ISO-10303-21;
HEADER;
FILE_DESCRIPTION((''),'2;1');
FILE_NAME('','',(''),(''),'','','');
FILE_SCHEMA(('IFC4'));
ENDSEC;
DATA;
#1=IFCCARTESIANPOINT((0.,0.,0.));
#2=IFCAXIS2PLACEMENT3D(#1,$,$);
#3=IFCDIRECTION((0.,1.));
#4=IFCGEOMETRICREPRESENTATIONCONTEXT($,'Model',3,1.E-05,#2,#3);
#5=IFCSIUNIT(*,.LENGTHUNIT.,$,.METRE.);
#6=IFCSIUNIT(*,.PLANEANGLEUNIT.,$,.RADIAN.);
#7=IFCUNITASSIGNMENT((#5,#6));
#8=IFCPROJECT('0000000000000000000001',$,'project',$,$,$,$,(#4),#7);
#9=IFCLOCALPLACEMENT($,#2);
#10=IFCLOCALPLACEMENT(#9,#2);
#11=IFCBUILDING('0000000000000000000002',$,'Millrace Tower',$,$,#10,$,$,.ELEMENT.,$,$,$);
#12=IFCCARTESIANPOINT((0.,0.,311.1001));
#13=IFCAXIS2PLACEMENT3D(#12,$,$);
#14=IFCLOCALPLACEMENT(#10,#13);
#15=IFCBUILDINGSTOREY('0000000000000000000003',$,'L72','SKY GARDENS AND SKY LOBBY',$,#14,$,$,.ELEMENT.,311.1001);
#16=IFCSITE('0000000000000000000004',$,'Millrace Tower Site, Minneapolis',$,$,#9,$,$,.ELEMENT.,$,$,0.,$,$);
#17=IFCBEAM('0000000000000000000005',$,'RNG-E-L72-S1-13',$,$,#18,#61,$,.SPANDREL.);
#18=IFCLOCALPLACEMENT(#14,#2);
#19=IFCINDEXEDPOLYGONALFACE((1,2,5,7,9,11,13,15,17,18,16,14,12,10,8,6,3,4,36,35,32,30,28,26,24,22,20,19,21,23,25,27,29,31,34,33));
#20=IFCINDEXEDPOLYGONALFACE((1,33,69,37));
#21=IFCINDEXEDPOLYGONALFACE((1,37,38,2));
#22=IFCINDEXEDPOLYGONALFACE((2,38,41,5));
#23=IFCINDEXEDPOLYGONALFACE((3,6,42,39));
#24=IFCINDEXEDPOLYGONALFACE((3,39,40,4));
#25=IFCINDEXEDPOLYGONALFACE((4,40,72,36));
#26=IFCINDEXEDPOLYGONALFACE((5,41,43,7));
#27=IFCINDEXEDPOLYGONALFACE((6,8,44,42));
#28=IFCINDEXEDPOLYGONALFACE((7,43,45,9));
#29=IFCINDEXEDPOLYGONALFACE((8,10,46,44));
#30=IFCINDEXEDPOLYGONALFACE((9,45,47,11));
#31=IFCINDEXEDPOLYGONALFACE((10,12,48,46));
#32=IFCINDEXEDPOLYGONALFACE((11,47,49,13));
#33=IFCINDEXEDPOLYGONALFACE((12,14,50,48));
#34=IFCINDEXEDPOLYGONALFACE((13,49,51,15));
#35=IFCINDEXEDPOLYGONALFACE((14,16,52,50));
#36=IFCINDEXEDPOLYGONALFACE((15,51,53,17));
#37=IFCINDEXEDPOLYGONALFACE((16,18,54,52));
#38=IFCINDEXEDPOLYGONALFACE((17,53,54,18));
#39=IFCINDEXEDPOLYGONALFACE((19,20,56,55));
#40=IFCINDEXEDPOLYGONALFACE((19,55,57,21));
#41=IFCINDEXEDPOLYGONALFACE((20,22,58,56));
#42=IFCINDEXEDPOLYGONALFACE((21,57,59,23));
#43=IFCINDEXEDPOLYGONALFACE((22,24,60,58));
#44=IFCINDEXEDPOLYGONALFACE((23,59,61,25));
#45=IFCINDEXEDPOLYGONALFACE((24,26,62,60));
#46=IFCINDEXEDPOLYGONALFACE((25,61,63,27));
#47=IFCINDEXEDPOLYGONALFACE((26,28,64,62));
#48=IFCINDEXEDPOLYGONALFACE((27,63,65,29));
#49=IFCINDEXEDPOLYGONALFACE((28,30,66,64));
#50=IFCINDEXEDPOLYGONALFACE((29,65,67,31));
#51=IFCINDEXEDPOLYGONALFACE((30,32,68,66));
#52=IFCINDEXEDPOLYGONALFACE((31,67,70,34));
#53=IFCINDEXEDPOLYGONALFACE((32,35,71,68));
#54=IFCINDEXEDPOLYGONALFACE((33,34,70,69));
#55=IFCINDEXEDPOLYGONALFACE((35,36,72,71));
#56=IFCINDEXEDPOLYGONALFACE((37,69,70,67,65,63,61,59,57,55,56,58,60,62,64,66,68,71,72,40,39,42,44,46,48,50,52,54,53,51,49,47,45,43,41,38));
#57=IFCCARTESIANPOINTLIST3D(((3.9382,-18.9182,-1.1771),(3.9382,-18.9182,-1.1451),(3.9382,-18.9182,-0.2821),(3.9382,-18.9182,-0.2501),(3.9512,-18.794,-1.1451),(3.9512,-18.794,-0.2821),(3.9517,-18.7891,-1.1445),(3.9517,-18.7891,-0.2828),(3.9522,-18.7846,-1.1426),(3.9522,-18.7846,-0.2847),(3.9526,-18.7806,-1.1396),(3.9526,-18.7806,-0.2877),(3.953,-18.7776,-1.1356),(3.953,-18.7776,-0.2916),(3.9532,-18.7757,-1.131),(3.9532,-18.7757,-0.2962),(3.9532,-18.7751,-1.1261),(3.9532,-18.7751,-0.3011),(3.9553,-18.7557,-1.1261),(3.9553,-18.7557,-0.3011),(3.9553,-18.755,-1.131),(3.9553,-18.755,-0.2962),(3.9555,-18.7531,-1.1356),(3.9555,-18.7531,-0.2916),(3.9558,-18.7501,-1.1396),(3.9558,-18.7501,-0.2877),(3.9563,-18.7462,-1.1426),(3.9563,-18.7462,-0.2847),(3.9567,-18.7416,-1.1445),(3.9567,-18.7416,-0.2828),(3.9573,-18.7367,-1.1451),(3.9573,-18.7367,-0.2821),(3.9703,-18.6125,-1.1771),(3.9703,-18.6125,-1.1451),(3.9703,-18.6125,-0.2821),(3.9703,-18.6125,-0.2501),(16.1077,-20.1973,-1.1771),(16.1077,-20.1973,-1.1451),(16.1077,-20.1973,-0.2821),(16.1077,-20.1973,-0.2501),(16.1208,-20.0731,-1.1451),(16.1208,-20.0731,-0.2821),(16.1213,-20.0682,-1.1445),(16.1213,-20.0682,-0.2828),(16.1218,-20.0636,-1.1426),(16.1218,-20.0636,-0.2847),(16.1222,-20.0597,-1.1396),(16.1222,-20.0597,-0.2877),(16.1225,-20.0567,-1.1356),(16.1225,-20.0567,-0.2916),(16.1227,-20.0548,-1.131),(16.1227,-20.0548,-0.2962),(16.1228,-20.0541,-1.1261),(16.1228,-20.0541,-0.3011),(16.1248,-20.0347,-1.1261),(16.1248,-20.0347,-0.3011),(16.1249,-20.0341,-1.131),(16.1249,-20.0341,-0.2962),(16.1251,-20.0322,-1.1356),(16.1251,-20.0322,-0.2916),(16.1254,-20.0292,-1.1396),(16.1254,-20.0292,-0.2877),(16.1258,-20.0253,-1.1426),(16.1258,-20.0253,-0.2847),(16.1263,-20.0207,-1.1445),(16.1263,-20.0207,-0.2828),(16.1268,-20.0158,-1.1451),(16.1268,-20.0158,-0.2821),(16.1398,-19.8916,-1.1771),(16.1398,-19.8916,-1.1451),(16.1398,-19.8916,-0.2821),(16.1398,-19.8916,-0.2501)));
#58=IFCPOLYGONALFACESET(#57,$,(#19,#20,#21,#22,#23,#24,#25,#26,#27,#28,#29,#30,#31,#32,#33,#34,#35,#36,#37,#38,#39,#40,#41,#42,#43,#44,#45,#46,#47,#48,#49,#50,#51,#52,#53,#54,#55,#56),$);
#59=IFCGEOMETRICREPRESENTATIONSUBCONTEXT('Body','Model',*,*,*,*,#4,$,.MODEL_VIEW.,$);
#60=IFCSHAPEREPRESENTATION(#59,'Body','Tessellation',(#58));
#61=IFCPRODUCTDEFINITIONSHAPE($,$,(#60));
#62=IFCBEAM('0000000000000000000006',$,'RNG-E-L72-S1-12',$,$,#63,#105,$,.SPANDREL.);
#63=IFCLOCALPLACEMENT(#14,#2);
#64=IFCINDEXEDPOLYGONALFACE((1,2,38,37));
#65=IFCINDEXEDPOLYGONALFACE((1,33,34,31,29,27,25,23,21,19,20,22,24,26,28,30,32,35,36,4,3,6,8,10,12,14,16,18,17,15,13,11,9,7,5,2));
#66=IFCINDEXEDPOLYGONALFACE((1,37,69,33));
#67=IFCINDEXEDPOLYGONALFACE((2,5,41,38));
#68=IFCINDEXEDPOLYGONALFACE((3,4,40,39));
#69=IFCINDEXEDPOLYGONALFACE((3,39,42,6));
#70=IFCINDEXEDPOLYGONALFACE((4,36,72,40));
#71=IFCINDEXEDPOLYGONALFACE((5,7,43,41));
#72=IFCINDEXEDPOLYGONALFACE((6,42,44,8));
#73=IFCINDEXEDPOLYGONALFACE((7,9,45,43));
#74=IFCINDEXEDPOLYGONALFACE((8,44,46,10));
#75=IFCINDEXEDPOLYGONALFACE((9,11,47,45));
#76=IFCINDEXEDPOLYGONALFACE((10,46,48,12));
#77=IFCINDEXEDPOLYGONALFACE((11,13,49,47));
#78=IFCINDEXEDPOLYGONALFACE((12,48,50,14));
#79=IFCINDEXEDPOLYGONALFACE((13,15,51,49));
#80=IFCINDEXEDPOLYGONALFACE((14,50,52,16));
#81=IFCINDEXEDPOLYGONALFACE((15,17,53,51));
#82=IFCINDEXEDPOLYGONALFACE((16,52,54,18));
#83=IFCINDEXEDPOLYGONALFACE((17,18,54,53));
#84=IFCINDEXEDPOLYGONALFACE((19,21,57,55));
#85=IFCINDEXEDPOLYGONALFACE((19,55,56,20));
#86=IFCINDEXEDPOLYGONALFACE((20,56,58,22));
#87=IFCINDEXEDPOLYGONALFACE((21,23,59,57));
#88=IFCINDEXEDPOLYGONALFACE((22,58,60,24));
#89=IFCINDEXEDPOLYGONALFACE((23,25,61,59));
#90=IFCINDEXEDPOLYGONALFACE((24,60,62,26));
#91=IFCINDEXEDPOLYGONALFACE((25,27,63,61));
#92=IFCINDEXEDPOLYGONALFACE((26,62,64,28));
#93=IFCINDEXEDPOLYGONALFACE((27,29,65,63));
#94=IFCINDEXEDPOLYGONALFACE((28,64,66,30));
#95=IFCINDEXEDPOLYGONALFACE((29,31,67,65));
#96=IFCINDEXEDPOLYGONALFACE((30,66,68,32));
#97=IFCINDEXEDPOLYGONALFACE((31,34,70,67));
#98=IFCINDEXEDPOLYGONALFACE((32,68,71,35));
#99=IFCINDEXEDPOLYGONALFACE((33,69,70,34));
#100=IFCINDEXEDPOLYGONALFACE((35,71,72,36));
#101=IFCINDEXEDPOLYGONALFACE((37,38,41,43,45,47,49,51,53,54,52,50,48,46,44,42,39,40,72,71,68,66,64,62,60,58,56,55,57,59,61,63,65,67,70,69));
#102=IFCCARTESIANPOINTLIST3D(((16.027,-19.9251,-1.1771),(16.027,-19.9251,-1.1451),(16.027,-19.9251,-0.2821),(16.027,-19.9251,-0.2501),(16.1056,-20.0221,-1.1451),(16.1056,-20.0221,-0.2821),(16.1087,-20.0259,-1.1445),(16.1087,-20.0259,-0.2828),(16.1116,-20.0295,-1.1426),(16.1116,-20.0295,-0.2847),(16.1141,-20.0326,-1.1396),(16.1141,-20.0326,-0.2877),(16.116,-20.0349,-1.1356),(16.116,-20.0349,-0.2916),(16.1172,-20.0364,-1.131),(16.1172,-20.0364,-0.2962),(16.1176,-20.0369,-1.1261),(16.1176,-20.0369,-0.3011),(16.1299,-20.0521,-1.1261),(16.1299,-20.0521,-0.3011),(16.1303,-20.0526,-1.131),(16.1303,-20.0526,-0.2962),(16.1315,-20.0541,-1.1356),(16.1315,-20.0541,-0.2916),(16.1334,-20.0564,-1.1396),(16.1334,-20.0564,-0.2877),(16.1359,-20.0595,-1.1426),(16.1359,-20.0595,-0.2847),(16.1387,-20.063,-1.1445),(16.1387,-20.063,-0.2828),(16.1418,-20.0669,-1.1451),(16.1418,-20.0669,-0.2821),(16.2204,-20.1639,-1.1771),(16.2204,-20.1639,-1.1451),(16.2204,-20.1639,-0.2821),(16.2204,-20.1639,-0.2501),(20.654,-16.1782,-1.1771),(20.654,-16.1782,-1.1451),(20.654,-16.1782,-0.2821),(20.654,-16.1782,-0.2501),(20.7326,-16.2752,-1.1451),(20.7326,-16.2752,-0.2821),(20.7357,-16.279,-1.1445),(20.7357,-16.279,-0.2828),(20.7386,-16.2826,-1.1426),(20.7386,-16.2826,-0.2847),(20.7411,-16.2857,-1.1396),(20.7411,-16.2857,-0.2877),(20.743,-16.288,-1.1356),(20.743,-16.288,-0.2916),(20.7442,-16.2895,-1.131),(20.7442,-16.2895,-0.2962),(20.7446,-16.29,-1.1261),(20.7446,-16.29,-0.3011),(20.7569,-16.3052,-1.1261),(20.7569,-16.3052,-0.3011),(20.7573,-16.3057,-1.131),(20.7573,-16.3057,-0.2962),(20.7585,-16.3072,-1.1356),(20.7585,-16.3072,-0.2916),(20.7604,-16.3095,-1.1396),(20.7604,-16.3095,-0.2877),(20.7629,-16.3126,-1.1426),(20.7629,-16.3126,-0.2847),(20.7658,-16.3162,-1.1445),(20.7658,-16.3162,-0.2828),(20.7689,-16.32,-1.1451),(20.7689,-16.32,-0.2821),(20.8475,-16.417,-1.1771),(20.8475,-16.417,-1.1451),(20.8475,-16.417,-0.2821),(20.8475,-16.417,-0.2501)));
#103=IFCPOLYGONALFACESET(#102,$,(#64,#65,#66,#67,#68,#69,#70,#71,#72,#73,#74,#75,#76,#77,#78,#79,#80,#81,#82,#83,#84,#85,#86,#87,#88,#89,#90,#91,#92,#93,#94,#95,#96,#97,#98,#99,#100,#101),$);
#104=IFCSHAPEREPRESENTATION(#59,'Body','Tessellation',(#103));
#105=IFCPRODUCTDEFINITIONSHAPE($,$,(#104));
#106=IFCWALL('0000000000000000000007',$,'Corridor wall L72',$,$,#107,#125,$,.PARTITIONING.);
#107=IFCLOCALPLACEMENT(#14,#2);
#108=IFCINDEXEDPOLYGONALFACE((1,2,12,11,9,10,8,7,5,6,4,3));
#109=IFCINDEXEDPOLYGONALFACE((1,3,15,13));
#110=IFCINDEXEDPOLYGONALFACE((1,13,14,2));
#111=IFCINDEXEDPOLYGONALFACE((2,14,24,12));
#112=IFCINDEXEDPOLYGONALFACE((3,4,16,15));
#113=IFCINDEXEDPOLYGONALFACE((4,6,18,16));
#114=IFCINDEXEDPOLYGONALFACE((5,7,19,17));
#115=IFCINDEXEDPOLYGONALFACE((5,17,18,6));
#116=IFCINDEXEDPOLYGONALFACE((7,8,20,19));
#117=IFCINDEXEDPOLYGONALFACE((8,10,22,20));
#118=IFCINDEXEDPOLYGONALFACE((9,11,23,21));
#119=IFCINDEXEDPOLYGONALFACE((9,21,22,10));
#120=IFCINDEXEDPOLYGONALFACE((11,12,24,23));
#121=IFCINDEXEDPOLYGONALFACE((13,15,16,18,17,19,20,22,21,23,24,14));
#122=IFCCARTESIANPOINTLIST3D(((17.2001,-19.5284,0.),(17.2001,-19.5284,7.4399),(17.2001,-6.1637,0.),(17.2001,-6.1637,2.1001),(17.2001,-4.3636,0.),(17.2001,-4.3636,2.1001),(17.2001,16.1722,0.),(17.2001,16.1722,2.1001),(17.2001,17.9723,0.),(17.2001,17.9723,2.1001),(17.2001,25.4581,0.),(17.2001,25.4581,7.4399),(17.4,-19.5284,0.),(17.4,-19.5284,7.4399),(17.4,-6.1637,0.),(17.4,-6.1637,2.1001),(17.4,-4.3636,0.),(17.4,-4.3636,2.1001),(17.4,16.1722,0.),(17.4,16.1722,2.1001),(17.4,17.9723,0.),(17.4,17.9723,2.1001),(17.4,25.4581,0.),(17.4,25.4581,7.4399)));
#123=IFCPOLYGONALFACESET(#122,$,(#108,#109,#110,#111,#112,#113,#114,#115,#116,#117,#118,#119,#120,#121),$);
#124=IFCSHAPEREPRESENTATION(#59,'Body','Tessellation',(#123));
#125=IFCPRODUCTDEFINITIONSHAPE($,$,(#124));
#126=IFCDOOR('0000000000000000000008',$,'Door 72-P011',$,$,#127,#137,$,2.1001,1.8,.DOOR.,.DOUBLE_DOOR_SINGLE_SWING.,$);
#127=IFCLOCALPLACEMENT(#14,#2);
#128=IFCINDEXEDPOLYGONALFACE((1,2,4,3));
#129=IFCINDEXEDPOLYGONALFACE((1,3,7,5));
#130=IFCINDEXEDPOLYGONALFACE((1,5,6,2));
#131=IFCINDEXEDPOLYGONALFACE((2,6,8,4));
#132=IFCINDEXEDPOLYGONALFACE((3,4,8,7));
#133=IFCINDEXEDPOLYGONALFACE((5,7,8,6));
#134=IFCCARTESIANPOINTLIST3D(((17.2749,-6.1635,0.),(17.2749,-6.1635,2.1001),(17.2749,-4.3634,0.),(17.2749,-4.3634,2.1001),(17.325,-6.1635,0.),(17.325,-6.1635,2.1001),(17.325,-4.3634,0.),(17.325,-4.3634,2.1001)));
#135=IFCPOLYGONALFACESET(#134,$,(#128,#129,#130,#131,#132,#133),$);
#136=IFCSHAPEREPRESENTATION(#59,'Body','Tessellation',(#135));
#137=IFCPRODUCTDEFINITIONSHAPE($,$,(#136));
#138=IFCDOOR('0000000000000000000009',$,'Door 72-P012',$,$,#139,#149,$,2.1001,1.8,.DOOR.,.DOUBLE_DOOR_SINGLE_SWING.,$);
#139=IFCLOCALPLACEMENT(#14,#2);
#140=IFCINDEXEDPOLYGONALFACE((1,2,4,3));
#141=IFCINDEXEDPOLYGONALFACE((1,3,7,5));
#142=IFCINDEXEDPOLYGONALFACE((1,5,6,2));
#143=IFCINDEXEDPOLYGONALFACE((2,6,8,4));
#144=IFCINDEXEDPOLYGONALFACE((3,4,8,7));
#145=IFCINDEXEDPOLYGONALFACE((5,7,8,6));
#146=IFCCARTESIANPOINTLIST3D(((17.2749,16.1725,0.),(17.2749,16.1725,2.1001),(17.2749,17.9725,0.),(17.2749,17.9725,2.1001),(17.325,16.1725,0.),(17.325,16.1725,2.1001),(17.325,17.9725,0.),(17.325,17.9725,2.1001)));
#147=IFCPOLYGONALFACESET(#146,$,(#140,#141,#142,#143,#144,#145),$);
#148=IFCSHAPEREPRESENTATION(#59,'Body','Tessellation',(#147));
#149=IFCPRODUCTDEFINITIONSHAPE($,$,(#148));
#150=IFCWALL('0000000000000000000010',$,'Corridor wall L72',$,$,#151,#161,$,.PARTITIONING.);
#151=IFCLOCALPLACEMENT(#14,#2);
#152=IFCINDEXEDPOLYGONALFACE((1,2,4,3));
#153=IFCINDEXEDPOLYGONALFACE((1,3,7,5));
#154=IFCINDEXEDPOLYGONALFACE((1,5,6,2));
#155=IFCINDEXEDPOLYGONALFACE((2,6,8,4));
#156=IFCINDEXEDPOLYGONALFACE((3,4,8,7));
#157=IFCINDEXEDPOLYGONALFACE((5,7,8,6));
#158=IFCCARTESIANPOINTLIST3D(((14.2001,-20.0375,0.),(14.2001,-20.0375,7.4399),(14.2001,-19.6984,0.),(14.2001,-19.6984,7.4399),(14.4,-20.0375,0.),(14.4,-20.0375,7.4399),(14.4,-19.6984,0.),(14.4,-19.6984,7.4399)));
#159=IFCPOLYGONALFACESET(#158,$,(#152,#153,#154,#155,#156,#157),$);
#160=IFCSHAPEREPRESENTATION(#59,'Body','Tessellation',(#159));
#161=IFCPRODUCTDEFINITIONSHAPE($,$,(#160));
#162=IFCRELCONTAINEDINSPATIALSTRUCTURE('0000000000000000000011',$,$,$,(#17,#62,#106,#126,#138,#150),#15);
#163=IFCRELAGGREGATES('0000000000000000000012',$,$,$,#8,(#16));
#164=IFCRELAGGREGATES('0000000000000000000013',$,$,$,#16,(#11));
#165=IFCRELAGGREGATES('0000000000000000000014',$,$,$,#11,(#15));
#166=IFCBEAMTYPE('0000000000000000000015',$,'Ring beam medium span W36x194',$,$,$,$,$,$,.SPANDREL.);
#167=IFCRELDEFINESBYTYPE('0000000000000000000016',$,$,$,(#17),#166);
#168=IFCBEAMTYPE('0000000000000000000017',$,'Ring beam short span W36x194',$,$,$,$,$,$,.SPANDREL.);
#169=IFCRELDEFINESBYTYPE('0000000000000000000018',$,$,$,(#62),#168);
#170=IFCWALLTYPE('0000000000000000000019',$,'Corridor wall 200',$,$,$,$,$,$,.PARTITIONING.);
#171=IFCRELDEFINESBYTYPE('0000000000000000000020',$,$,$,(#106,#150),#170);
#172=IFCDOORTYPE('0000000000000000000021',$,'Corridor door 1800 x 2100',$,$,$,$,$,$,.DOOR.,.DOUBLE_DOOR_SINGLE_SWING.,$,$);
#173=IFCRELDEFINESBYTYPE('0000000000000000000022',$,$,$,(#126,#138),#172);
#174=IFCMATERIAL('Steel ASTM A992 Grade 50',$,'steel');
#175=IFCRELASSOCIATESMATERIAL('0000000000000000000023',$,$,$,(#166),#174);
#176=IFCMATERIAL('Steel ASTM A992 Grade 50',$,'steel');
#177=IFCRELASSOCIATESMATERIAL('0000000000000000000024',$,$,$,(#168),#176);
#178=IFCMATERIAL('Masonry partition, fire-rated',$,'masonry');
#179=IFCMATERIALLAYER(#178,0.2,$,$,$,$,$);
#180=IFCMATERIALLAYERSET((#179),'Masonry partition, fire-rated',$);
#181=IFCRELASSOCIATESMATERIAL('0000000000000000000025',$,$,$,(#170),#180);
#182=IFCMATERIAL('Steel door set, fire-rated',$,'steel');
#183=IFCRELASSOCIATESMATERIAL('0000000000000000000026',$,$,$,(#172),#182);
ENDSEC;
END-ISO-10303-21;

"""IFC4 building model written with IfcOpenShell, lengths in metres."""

from ifc_helpers import new_model, si_unit, direction, frame, frame_2d, origin, origin_2d, place, context, subcontext, project, spatial, rectangle, i_section, extrude, material, layer, layer_set, material_profile, profile_set, type_object, element, fill, save


model = new_model("IFC4")

# Units and contexts
model_context = context("Model", 3, precision=1e-05, world=origin(), true_north=direction((0.0, 1.0)))
body_context = subcontext(model_context, "Body", "Model", "MODEL_VIEW")
ifc_project = project(units=[si_unit("LENGTHUNIT", "METRE"), si_unit("PLANEANGLEUNIT", "RADIAN")], contexts=[model_context])

# Site, building, storey
site_placement = place(None, origin())
site = spatial("IfcSite", under=ifc_project, at=site_placement, Name="Millrace Tower Site, Minneapolis", CompositionType="ELEMENT", RefElevation=0.0)
building_placement = place(site_placement, origin())
building = spatial("IfcBuilding", under=site, at=building_placement, Name="Millrace Tower", CompositionType="ELEMENT")
storey_placement = place(building_placement, frame((0.0, 0.0, 311.1001)))
storey = spatial("IfcBuildingStorey", under=building, at=storey_placement, Name="L72", Description="SKY GARDENS AND SKY LOBBY", CompositionType="ELEMENT", Elevation=311.1001)

# Beams
ifc_material_1 = material(Name="Steel ASTM A992 Grade 50", Category="steel")
ifc_material_profile_1 = material_profile(ifc_material_1, i_section(OverallWidth=0.3074, OverallDepth=0.927, WebThickness=0.0195, FlangeThickness=0.032, FilletRadius=0.019, at=origin_2d()))
ifc_profile_set_1 = profile_set([ifc_material_profile_1], Name="Steel ASTM A992 Grade 50")
beam_type_1 = type_object("IfcBeamType", Name="Ring beam medium span W36x194", PredefinedType="SPANDREL", material=ifc_profile_set_1)
beam_1_placement = place(storey_placement, frame((16.1238, -20.0444, -0.7136), z_axis=(-0.994522, 0.104528, 0.0), x_axis=(-0.104528, -0.994522, 0.0)))
element("IfcBeam", 1, at=beam_1_placement, inside=storey, type_object=beam_type_1, Name="RNG-E-L72-S1-13", PredefinedType="SPANDREL", context=body_context, shape_type="SweptSolid", body=[
    extrude(i_section(OverallWidth=0.3074, OverallDepth=0.927, WebThickness=0.0195, FlangeThickness=0.032, FilletRadius=0.019, at=origin_2d()), origin(), (0.0, 0.0, 1.0), 12.2366),
])
ifc_material_2 = material(Name="Steel ASTM A992 Grade 50", Category="steel")
ifc_material_profile_2 = material_profile(ifc_material_2, i_section(OverallWidth=0.3074, OverallDepth=0.927, WebThickness=0.0195, FlangeThickness=0.032, FilletRadius=0.019, at=origin_2d()))
ifc_profile_set_2 = profile_set([ifc_material_profile_2], Name="Steel ASTM A992 Grade 50")
beam_type_2 = type_object("IfcBeamType", Name="Ring beam short span W36x194", PredefinedType="SPANDREL", material=ifc_profile_set_2)
beam_2_placement = place(storey_placement, frame((20.7507, -16.2976, -0.7136), z_axis=(-0.777147, -0.62932, 0.0), x_axis=(0.62932, -0.777147, 0.0)))
element("IfcBeam", 2, at=beam_2_placement, inside=storey, type_object=beam_type_2, Name="RNG-E-L72-S1-12", PredefinedType="SPANDREL", context=body_context, shape_type="SweptSolid", body=[
    extrude(i_section(OverallWidth=0.3074, OverallDepth=0.927, WebThickness=0.0195, FlangeThickness=0.032, FilletRadius=0.019, at=origin_2d()), origin(), (0.0, 0.0, 1.0), 5.9539),
])

# Wall, openings, doors
ifc_material_3 = material(Name="Masonry partition, fire-rated", Category="masonry")
ifc_layer_1 = layer(ifc_material_3, 0.2)
ifc_layer_set_1 = layer_set([ifc_layer_1], Name="Masonry partition, fire-rated")
wall_type = type_object("IfcWallType", Name="Corridor wall 200", PredefinedType="PARTITIONING", material=ifc_layer_set_1)
wall_1_placement = place(storey_placement, frame((17.3, -19.5283, 0.0), z_axis=(0.0, 0.0, 1.0), x_axis=(0.0, 1.0, 0.0)))
wall_1 = element("IfcWall", 3, at=wall_1_placement, inside=storey, type_object=wall_type, Name="Corridor wall L72", PredefinedType="PARTITIONING", context=body_context, shape_type="SweptSolid", body=[
    extrude(rectangle(XDim=44.9866, YDim=0.2, at=frame_2d((22.4932, 0.0))), origin(), (0.0, 0.0, 1.0), 7.4399),
])
opening_1_placement = place(wall_1_placement, frame((13.3647, 0.0, 0.0)))
opening_1 = element("IfcOpeningElement", 4, at=opening_1_placement, cuts=wall_1, PredefinedType="OPENING", context=body_context, shape_type="SweptSolid", body=[
    extrude(rectangle(XDim=1.8, YDim=2.1001, at=frame_2d((0.8999, 1.05))), frame((0.0, 0.1099, 0.0), z_axis=(0.0, -1.0, 0.0), x_axis=(1.0, 0.0, 0.0)), (0.0, 0.0, 1.0), 0.22),
])
opening_2_placement = place(wall_1_placement, frame((35.7007, 0.0, 0.0)))
opening_2 = element("IfcOpeningElement", 5, at=opening_2_placement, cuts=wall_1, PredefinedType="OPENING", context=body_context, shape_type="SweptSolid", body=[
    extrude(rectangle(XDim=1.8, YDim=2.1001, at=frame_2d((0.8999, 1.05))), frame((0.0, 0.1099, 0.0), z_axis=(0.0, -1.0, 0.0), x_axis=(1.0, 0.0, 0.0)), (0.0, 0.0, 1.0), 0.22),
])
ifc_material_4 = material(Name="Steel door set, fire-rated", Category="steel")
door_type = type_object("IfcDoorType", Name="Corridor door 1800 x 2100", OperationType="DOUBLE_DOOR_SINGLE_SWING", PredefinedType="DOOR", material=ifc_material_4)
door_1_placement = place(opening_1_placement, frame((1.8, 0.0, 0.0), z_axis=(0.0, 0.0, 1.0), x_axis=(-1.0, 0.0, 0.0)))
door_1 = element("IfcDoor", 6, at=door_1_placement, inside=storey, type_object=door_type, Name="Door 72-P011", OperationType="DOUBLE_DOOR_SINGLE_SWING", OverallHeight=2.1001, OverallWidth=1.8, PredefinedType="DOOR", context=body_context, shape_type="SweptSolid", body=[
    extrude(rectangle(XDim=1.8, YDim=2.1001, at=frame_2d((0.8999, 1.05))), frame((0.0, 0.0249, 0.0), z_axis=(0.0, -1.0, 0.0), x_axis=(1.0, 0.0, 0.0)), (0.0, 0.0, 1.0), 0.05),
])
fill(opening_1, door_1)
door_2_placement = place(opening_2_placement, frame((1.8, 0.0, 0.0), z_axis=(0.0, 0.0, 1.0), x_axis=(-1.0, 0.0, 0.0)))
door_2 = element("IfcDoor", 7, at=door_2_placement, inside=storey, type_object=door_type, Name="Door 72-P012", OperationType="DOUBLE_DOOR_SINGLE_SWING", OverallHeight=2.1001, OverallWidth=1.8, PredefinedType="DOOR", context=body_context, shape_type="SweptSolid", body=[
    extrude(rectangle(XDim=1.8, YDim=2.1001, at=frame_2d((0.8999, 1.05))), frame((0.0, 0.0249, 0.0), z_axis=(0.0, -1.0, 0.0), x_axis=(1.0, 0.0, 0.0)), (0.0, 0.0, 1.0), 0.05),
])
fill(opening_2, door_2)

# Wall
wall_2_placement = place(storey_placement, frame((14.3, -20.0374, 0.0), z_axis=(0.0, 0.0, 1.0), x_axis=(0.0, 1.0, 0.0)))
element("IfcWall", 8, at=wall_2_placement, inside=storey, type_object=wall_type, Name="Corridor wall L72", PredefinedType="PARTITIONING", context=body_context, shape_type="SweptSolid", body=[
    extrude(rectangle(XDim=0.3391, YDim=0.2, at=frame_2d((0.1694, 0.0))), origin(), (0.0, 0.0, 1.0), 7.4399),
])

save(model, "model.ifc")
